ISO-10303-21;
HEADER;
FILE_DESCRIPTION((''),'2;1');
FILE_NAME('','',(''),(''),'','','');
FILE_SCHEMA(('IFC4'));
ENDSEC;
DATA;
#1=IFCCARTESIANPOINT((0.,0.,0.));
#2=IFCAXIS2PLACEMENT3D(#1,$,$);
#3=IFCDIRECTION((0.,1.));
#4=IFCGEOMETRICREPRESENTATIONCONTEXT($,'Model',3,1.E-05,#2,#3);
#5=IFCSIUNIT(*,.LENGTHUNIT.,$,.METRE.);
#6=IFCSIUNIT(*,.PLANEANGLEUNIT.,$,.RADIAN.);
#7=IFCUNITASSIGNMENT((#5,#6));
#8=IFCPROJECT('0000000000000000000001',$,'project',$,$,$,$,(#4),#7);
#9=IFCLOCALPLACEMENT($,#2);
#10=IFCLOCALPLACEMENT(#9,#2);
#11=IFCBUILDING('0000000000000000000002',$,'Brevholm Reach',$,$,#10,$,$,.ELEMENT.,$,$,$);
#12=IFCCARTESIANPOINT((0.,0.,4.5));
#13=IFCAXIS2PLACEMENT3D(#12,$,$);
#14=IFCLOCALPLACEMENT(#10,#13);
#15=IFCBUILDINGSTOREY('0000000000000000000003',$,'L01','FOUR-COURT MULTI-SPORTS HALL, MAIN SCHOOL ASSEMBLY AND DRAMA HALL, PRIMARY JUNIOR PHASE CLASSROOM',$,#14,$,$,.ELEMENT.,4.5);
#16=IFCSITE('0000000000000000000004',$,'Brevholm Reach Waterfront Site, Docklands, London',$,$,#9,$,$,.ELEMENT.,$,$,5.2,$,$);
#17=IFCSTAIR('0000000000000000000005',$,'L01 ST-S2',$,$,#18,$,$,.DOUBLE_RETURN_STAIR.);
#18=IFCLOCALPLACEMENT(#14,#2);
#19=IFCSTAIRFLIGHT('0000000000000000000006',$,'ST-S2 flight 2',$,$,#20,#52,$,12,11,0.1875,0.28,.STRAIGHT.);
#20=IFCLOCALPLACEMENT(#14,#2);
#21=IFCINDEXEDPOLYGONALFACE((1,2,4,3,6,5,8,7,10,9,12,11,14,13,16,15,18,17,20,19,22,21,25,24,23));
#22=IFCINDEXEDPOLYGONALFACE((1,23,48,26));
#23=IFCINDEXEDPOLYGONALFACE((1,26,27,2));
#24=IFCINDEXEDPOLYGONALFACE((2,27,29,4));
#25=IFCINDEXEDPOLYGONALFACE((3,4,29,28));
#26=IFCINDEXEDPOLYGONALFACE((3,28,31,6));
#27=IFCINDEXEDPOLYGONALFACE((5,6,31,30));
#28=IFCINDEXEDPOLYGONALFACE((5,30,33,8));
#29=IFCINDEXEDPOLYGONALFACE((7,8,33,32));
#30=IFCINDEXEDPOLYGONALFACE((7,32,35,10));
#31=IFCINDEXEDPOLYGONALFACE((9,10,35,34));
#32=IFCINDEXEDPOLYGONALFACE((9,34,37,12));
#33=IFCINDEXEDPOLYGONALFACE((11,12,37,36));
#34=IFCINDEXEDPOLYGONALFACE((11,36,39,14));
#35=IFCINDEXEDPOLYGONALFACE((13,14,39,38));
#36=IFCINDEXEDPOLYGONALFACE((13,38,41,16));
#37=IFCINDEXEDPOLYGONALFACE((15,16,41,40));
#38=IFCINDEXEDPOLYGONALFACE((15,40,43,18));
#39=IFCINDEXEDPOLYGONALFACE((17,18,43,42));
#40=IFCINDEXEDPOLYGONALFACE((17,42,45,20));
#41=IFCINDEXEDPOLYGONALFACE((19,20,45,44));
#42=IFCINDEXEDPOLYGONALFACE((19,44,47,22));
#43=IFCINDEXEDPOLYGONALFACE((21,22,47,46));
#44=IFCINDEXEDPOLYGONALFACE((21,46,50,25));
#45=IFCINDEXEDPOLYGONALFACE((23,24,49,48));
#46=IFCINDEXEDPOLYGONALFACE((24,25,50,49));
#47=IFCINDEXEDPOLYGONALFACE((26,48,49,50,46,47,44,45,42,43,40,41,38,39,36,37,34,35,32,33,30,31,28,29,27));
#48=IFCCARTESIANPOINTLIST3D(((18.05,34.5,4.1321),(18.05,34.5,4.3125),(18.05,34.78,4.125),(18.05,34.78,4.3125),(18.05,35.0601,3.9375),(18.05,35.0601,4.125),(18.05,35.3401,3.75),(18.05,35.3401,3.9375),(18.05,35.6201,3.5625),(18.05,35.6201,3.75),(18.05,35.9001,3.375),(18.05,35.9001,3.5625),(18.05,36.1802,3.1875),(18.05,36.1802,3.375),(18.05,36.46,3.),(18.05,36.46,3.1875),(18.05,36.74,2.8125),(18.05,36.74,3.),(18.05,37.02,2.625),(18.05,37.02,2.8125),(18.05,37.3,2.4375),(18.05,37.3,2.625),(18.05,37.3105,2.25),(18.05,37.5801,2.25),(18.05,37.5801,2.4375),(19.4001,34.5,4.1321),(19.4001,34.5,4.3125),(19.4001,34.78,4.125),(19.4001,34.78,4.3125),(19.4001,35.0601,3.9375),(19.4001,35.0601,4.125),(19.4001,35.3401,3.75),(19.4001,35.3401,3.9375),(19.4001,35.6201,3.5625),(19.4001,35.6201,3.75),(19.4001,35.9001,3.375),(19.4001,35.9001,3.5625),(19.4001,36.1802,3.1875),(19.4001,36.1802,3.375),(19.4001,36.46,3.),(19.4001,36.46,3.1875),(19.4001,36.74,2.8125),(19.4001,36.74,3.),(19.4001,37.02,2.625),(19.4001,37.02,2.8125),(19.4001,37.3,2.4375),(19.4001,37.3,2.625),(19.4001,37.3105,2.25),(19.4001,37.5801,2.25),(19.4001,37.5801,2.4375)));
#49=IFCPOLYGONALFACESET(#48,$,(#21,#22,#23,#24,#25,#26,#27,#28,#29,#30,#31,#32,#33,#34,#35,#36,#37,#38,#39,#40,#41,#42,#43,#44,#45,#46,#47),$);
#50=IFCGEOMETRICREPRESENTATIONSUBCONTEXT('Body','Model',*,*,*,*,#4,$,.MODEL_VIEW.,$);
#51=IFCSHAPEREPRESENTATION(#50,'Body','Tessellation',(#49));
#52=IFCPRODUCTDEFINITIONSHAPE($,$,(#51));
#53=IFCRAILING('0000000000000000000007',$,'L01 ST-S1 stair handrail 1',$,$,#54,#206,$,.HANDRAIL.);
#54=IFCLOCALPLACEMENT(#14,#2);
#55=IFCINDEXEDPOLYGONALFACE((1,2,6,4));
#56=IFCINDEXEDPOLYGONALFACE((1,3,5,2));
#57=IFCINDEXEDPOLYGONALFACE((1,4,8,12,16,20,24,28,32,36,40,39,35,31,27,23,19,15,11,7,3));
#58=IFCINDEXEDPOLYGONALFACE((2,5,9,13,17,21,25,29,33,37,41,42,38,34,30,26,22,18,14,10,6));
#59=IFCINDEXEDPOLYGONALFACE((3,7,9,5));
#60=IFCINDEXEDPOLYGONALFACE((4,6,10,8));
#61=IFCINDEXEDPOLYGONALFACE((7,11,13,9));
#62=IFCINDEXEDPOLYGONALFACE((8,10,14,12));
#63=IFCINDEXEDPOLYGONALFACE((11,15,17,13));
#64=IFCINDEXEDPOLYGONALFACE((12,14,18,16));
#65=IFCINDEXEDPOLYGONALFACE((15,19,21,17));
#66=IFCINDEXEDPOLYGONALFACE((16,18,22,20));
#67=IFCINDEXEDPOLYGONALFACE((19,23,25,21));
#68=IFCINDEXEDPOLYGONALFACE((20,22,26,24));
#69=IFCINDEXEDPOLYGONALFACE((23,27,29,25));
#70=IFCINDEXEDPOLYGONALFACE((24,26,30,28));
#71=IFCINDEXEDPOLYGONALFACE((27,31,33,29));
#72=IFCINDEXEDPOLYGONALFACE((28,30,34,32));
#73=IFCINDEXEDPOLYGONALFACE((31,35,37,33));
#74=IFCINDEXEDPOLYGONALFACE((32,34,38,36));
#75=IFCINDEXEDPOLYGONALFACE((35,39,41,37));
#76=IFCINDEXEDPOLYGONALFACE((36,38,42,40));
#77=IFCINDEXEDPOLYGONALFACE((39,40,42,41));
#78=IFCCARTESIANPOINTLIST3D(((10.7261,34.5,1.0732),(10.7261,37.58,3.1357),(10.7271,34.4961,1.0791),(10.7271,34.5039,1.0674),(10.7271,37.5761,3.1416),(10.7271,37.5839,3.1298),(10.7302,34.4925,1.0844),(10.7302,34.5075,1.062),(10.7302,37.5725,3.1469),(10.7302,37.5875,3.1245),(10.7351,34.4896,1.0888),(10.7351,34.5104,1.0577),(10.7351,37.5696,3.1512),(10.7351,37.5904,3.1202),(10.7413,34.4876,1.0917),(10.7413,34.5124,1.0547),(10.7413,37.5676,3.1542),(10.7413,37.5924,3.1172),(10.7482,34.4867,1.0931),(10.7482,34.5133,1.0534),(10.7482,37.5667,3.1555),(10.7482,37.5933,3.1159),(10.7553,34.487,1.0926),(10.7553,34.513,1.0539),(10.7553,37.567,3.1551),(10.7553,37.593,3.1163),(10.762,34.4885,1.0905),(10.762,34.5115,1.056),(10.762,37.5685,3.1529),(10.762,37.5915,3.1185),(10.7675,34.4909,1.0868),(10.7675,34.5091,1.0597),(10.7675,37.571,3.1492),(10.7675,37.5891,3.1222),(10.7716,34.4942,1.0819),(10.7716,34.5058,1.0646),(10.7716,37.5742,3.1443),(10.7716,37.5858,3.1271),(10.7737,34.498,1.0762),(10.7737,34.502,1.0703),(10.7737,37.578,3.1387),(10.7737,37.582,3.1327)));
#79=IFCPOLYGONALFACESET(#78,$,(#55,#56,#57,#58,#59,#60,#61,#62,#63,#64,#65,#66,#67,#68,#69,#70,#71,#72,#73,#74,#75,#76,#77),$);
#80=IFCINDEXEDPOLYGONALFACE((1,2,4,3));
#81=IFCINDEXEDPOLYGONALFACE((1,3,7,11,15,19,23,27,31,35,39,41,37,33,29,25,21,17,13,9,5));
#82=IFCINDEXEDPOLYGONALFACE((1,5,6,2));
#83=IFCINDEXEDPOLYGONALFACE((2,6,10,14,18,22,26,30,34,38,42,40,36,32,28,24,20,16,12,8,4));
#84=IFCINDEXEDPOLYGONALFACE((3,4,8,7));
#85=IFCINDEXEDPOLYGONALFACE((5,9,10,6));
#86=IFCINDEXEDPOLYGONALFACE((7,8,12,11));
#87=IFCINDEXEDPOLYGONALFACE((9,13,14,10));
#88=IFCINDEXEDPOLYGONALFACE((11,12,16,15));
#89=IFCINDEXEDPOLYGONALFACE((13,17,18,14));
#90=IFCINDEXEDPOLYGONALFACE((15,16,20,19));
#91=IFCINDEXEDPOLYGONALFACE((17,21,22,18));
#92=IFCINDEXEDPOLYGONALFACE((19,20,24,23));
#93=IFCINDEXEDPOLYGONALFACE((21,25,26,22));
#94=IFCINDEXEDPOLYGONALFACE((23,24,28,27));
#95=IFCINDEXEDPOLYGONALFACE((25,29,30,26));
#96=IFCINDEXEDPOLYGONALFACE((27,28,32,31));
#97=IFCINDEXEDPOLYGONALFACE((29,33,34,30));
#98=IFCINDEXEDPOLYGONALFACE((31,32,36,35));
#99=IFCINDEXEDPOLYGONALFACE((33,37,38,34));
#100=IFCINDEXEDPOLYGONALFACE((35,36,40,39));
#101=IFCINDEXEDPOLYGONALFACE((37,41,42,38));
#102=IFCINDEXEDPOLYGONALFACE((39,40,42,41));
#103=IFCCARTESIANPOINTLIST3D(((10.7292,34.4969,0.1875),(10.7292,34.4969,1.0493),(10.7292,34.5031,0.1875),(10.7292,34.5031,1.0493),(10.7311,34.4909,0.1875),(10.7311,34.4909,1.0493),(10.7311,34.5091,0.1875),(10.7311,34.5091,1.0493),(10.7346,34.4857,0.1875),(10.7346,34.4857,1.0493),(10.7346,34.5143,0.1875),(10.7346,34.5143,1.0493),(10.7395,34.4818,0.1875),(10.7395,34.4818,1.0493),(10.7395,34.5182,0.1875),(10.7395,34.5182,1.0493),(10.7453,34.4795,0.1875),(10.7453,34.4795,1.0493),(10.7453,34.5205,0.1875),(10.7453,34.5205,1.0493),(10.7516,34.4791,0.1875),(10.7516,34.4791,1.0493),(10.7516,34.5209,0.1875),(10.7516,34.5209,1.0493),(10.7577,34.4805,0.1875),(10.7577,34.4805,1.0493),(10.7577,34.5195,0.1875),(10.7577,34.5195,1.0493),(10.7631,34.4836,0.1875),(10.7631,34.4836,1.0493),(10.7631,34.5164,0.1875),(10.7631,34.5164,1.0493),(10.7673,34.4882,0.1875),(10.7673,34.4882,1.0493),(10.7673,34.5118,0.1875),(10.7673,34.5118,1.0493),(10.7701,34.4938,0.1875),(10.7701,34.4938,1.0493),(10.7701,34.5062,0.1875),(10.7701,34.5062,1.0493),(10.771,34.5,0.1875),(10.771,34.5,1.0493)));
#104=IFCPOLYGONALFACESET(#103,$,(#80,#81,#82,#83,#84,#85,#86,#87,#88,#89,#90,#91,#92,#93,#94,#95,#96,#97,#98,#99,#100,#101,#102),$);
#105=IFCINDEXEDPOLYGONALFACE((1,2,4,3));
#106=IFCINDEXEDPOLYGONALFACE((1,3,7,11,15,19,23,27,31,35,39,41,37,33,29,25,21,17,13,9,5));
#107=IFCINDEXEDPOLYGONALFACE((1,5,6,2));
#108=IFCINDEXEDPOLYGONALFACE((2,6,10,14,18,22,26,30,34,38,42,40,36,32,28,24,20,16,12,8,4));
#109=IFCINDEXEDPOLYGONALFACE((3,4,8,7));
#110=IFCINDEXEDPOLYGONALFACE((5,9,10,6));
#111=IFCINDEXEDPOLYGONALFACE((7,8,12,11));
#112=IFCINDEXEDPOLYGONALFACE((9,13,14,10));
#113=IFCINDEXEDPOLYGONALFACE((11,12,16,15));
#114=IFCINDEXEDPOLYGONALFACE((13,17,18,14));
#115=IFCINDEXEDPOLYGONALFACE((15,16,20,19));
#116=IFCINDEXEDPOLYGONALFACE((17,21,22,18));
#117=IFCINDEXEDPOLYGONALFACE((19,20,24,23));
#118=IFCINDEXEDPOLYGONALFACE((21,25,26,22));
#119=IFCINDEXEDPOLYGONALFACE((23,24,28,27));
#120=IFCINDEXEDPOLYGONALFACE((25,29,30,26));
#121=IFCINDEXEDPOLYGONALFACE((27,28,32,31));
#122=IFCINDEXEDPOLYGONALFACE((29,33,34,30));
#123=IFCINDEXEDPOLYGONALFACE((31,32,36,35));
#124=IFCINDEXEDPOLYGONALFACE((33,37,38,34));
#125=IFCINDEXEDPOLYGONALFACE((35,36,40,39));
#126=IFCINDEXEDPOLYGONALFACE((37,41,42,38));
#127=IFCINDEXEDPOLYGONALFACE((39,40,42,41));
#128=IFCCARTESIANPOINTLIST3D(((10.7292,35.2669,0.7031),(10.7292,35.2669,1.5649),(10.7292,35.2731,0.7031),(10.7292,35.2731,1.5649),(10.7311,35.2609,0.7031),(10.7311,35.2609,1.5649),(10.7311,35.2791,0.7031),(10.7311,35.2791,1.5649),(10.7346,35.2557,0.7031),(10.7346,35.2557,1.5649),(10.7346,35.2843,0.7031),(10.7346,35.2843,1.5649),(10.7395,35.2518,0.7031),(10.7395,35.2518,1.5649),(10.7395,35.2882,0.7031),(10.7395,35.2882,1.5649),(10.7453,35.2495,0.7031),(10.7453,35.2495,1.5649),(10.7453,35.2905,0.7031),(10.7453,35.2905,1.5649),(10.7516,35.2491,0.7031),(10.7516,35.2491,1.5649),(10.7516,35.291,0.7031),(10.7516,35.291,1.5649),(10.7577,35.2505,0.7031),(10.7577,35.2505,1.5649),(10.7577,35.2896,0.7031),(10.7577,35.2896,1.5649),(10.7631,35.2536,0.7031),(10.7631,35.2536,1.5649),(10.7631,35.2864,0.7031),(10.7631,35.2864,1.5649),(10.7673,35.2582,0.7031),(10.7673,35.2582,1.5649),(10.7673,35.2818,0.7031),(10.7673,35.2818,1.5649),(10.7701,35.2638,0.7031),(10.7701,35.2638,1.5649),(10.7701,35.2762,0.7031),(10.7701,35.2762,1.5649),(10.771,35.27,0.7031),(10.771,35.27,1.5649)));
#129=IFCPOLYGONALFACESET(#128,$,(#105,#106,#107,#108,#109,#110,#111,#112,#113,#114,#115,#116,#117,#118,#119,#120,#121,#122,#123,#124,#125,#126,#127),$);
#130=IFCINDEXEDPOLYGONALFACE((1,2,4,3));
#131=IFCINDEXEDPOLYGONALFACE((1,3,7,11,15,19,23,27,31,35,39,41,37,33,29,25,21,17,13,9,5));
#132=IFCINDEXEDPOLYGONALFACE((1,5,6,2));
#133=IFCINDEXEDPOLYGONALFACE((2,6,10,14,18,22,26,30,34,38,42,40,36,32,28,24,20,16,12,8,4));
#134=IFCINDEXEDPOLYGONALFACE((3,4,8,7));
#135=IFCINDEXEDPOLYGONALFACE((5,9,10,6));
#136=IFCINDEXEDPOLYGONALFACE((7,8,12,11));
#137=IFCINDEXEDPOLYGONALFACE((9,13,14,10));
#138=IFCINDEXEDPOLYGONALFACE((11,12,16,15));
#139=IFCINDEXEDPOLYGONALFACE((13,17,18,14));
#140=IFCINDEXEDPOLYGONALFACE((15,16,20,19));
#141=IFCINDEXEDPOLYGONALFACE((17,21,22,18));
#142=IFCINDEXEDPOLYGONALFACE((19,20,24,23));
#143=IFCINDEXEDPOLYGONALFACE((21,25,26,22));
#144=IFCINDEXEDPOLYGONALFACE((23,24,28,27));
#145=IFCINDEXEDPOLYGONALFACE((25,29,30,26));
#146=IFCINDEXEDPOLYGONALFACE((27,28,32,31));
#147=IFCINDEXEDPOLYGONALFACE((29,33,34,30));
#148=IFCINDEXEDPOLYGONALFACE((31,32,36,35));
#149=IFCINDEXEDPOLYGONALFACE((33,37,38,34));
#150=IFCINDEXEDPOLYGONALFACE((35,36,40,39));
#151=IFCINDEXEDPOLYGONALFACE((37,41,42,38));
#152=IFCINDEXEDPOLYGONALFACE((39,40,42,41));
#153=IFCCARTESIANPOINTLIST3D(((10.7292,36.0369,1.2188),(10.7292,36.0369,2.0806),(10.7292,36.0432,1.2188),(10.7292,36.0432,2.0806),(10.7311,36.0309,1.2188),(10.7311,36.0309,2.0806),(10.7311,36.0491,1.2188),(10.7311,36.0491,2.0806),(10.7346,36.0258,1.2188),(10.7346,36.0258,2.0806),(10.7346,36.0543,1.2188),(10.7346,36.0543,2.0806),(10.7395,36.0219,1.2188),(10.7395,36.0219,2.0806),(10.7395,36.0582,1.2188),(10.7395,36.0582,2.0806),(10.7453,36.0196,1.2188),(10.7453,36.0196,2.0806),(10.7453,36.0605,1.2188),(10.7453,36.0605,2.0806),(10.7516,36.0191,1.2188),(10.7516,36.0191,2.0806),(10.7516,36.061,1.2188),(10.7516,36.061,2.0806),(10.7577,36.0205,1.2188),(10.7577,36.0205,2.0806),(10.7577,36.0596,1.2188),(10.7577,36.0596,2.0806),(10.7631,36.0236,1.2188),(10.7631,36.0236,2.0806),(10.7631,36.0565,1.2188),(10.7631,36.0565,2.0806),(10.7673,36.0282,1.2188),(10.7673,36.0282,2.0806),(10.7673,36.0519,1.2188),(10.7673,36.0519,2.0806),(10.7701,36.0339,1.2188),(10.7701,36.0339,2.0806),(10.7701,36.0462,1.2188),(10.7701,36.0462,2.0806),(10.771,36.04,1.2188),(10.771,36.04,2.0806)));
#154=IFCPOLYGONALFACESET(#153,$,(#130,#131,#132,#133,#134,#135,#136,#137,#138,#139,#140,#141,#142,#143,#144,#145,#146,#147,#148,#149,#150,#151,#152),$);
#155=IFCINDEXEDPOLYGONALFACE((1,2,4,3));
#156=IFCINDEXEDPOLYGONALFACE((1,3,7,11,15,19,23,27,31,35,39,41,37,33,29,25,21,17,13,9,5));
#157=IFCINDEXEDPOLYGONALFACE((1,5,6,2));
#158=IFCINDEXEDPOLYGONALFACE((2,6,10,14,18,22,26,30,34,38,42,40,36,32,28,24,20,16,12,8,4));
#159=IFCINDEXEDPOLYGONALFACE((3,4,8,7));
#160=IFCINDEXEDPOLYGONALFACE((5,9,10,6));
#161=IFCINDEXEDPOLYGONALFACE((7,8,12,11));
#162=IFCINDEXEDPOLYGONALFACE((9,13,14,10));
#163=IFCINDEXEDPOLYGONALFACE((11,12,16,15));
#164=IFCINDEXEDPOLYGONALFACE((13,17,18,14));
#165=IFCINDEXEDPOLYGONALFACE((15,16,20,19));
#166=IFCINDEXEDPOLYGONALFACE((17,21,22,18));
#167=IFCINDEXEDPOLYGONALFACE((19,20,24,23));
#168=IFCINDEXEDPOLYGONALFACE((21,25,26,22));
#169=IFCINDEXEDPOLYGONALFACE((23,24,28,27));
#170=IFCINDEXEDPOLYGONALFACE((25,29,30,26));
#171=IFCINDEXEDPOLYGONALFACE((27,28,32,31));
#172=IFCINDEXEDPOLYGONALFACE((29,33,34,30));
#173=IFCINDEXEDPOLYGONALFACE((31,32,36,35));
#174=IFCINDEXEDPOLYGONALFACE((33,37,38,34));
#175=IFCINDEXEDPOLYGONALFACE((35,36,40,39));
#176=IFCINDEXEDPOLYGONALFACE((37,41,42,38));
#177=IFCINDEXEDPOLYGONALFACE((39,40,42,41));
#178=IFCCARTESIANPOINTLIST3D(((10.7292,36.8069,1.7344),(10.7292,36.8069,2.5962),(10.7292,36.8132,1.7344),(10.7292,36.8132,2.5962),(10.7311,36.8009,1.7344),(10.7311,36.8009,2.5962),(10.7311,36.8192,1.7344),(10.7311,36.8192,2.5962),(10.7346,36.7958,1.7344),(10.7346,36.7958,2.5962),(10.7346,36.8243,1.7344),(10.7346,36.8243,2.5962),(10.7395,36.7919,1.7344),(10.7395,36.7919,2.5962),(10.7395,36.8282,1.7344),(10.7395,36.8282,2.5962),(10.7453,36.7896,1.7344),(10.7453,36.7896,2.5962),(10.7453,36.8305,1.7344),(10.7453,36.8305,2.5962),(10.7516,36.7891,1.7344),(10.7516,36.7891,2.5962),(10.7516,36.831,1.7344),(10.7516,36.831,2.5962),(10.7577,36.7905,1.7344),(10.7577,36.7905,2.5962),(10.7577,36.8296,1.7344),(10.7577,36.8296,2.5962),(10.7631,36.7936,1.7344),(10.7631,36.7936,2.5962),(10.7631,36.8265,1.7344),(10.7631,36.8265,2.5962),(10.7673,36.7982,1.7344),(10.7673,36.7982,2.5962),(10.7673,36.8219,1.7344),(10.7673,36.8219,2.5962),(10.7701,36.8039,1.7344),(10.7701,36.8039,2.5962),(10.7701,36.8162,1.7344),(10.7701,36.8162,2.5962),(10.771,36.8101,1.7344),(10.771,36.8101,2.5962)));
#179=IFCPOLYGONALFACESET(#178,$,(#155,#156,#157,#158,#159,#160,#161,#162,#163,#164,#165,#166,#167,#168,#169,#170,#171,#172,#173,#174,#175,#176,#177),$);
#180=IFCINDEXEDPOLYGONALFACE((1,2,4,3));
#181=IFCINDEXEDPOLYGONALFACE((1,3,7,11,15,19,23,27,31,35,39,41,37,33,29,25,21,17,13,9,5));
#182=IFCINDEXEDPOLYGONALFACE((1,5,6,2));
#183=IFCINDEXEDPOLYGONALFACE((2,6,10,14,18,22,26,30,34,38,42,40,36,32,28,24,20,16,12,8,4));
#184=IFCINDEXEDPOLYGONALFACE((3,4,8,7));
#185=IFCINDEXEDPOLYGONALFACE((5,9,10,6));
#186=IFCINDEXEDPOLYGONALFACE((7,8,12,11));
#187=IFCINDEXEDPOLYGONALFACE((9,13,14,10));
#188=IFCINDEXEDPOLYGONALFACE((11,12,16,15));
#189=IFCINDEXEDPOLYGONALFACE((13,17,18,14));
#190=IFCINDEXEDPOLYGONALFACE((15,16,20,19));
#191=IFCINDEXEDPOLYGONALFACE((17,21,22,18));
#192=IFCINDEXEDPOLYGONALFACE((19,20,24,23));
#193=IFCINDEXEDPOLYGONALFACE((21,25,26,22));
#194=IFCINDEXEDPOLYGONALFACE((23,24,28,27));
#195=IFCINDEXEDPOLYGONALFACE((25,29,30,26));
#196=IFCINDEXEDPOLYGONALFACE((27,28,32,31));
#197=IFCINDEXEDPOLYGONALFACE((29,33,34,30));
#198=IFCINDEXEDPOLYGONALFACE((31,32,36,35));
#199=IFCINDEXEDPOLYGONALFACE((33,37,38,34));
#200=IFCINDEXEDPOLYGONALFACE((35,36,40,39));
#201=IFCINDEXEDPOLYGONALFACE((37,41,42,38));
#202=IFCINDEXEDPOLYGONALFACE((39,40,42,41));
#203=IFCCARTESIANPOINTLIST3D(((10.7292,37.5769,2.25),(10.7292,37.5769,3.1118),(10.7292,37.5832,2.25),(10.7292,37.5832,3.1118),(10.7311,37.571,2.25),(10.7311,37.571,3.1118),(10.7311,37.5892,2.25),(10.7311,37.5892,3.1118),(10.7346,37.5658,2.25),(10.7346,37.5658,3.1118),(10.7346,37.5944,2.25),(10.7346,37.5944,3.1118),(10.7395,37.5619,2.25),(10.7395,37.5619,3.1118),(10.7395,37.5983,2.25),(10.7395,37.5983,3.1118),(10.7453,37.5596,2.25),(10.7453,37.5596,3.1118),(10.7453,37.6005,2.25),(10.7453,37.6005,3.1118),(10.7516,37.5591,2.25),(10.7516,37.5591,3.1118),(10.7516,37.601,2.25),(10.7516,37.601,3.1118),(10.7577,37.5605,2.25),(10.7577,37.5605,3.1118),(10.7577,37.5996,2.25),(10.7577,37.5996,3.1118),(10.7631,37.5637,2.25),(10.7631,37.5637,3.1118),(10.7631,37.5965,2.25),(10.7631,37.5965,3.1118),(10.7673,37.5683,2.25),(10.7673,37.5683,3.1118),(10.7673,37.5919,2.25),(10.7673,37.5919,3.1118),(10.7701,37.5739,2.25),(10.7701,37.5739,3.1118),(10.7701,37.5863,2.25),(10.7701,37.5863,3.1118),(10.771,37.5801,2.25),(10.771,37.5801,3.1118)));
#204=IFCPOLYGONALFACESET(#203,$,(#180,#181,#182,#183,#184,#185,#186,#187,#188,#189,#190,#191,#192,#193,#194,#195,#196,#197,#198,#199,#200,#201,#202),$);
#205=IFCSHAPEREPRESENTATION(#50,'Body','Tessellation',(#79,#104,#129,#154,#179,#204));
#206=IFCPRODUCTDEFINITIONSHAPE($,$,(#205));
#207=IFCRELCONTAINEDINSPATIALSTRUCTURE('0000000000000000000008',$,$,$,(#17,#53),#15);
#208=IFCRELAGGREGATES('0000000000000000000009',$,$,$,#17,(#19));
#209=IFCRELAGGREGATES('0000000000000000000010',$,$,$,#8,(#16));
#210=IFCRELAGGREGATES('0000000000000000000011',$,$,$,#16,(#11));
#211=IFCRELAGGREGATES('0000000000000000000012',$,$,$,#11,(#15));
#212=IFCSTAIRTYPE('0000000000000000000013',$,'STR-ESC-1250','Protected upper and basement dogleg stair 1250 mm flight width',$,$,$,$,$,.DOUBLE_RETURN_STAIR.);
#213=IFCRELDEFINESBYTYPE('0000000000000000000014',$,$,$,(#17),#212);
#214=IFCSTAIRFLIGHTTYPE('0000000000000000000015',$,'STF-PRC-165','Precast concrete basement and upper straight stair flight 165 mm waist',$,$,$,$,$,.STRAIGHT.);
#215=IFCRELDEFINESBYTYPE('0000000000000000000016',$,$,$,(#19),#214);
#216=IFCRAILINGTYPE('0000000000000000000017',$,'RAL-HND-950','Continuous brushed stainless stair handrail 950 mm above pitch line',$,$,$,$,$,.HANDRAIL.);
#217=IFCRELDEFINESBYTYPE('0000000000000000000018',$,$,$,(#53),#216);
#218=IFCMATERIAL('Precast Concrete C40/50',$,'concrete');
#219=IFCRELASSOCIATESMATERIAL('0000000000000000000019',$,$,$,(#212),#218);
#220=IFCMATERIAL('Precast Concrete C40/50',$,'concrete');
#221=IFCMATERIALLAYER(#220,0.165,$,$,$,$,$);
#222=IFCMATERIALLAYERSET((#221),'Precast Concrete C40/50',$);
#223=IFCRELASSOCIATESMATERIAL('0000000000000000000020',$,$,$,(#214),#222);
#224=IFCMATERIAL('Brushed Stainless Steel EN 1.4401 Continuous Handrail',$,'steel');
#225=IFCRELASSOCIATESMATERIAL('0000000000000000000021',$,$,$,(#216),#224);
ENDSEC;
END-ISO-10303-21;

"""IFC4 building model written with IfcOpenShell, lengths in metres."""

from ifc_helpers import new_model, si_unit, direction, frame, origin, origin_2d, place, context, subcontext, project, spatial, polyline, circle, outline, extrude, material, layer, layer_set, type_object, element, aggregate, save


model = new_model("IFC4")

# Units and contexts
model_context = context("Model", 3, precision=1e-05, world=origin(), true_north=direction((0.0, 1.0)))
body_context = subcontext(model_context, "Body", "Model", "MODEL_VIEW")
ifc_project = project(units=[si_unit("LENGTHUNIT", "METRE"), si_unit("PLANEANGLEUNIT", "RADIAN")], contexts=[model_context])

# Site, building, storey
site_placement = place(None, origin())
site = spatial("IfcSite", under=ifc_project, at=site_placement, Name="Brevholm Reach Waterfront Site, Docklands, London", CompositionType="ELEMENT", RefElevation=5.2)
building_placement = place(site_placement, origin())
building = spatial("IfcBuilding", under=site, at=building_placement, Name="Brevholm Reach", CompositionType="ELEMENT")
storey_placement = place(building_placement, frame((0.0, 0.0, 4.5)))
storey = spatial("IfcBuildingStorey", under=building, at=storey_placement, Name="L01", Description="FOUR-COURT MULTI-SPORTS HALL, MAIN SCHOOL ASSEMBLY AND DRAMA HALL, PRIMARY JUNIOR PHASE CLASSROOM", CompositionType="ELEMENT", Elevation=4.5)

# Shared definitions
ifc_material_1 = material(Name="Precast Concrete C40/50", Category="concrete")
stair_type = type_object("IfcStairType", Name="STR-ESC-1250", Description="Protected upper and basement dogleg stair 1250 mm flight width", PredefinedType="DOUBLE_RETURN_STAIR", material=ifc_material_1)
ifc_material_2 = material(Name="Precast Concrete C40/50", Category="concrete")
ifc_layer_1 = layer(ifc_material_2, 0.165)
ifc_layer_set_1 = layer_set([ifc_layer_1], Name="Precast Concrete C40/50")
stair_flight_type = type_object("IfcStairFlightType", Name="STF-PRC-165", Description="Precast concrete basement and upper straight stair flight 165 mm waist", PredefinedType="STRAIGHT", material=ifc_layer_set_1)

# Stair, stair flight
stair_1_placement = place(storey_placement, origin())
stair_1 = element("IfcStair", 1, at=stair_1_placement, inside=storey, type_object=stair_type, Name="L01 ST-S2", PredefinedType="DOUBLE_RETURN_STAIR")
stair_flight_1_placement = place(storey_placement, frame((18.7251, 37.5801, 2.25), z_axis=(0.0, 0.0, 1.0), x_axis=(0.0, -1.0, 0.0)))
stair_flight_1 = element("IfcStairFlight", 2, at=stair_flight_1_placement, type_object=stair_flight_type, Name="ST-S2 flight 2", NumberOfRisers=12, NumberOfTreads=11, PredefinedType="STRAIGHT", RiserHeight=0.1875, TreadLength=0.28, context=body_context, shape_type="SweptSolid", body=[
    extrude(outline(polyline([(0.0, 0.0), (0.0, 0.1875), (0.28, 0.1875), (0.28, 0.375), (0.5601, 0.375), (0.5601, 0.5625), (0.8401, 0.5625), (0.8401, 0.75), (1.1201, 0.75), (1.1201, 0.9375), (1.3999, 0.9375), (1.3999, 1.125), (1.6799, 1.125), (1.6799, 1.3125), (1.96, 1.3125), (1.96, 1.5), (2.24, 1.5), (2.24, 1.6875), (2.52, 1.6875), (2.52, 1.875), (2.8, 1.875), (2.8, 2.0625), (3.0801, 2.0625), (3.0801, 2.25), (3.0801, 1.8821), (0.2695, 0.0), (0.0, 0.0)])), frame((0.0, 0.675, 0.0), z_axis=(0.0, -1.0, 0.0), x_axis=(1.0, 0.0, 0.0)), (0.0, 0.0, 1.0), 1.3501),
])
aggregate(stair_1, [stair_flight_1])

# Railing
ifc_material_3 = material(Name="Brushed Stainless Steel EN 1.4401 Continuous Handrail", Category="steel")
railing_type_1 = type_object("IfcRailingType", Name="RAL-HND-950", Description="Continuous brushed stainless stair handrail 950 mm above pitch line", PredefinedType="HANDRAIL", material=ifc_material_3)
for number, where, name in (
    (3, (10.75, 34.5, 0.1875), "L01 ST-S1 stair handrail 1"),
):
    element("IfcRailing", number, at=place(storey_placement, frame(where)), inside=storey, type_object=railing_type_1, Name=name, PredefinedType="HANDRAIL", context=body_context, shape_type="SweptSolid", body=[
        extrude(circle(Radius=0.0239, at=origin_2d()), frame((0.0, 0.0, 0.8857), z_axis=(0.0, 0.830914, 0.556401), x_axis=(-1.0, 0.0, 0.0)), (0.0, 0.0, 1.0), 3.7068),
        extrude(circle(Radius=0.021, at=origin_2d()), origin(), (0.0, 0.0, 1.0), 0.8618),
        extrude(circle(Radius=0.021, at=origin_2d()), frame((0.0, 0.77, 0.5156)), (0.0, 0.0, 1.0), 0.8618),
        extrude(circle(Radius=0.021, at=origin_2d()), frame((0.0, 1.54, 1.0312)), (0.0, 0.0, 1.0), 0.8618),
        extrude(circle(Radius=0.021, at=origin_2d()), frame((0.0, 2.3101, 1.5469)), (0.0, 0.0, 1.0), 0.8618),
        extrude(circle(Radius=0.021, at=origin_2d()), frame((0.0, 3.0801, 2.0625)), (0.0, 0.0, 1.0), 0.8618),
    ])

save(model, "model.ifc")
